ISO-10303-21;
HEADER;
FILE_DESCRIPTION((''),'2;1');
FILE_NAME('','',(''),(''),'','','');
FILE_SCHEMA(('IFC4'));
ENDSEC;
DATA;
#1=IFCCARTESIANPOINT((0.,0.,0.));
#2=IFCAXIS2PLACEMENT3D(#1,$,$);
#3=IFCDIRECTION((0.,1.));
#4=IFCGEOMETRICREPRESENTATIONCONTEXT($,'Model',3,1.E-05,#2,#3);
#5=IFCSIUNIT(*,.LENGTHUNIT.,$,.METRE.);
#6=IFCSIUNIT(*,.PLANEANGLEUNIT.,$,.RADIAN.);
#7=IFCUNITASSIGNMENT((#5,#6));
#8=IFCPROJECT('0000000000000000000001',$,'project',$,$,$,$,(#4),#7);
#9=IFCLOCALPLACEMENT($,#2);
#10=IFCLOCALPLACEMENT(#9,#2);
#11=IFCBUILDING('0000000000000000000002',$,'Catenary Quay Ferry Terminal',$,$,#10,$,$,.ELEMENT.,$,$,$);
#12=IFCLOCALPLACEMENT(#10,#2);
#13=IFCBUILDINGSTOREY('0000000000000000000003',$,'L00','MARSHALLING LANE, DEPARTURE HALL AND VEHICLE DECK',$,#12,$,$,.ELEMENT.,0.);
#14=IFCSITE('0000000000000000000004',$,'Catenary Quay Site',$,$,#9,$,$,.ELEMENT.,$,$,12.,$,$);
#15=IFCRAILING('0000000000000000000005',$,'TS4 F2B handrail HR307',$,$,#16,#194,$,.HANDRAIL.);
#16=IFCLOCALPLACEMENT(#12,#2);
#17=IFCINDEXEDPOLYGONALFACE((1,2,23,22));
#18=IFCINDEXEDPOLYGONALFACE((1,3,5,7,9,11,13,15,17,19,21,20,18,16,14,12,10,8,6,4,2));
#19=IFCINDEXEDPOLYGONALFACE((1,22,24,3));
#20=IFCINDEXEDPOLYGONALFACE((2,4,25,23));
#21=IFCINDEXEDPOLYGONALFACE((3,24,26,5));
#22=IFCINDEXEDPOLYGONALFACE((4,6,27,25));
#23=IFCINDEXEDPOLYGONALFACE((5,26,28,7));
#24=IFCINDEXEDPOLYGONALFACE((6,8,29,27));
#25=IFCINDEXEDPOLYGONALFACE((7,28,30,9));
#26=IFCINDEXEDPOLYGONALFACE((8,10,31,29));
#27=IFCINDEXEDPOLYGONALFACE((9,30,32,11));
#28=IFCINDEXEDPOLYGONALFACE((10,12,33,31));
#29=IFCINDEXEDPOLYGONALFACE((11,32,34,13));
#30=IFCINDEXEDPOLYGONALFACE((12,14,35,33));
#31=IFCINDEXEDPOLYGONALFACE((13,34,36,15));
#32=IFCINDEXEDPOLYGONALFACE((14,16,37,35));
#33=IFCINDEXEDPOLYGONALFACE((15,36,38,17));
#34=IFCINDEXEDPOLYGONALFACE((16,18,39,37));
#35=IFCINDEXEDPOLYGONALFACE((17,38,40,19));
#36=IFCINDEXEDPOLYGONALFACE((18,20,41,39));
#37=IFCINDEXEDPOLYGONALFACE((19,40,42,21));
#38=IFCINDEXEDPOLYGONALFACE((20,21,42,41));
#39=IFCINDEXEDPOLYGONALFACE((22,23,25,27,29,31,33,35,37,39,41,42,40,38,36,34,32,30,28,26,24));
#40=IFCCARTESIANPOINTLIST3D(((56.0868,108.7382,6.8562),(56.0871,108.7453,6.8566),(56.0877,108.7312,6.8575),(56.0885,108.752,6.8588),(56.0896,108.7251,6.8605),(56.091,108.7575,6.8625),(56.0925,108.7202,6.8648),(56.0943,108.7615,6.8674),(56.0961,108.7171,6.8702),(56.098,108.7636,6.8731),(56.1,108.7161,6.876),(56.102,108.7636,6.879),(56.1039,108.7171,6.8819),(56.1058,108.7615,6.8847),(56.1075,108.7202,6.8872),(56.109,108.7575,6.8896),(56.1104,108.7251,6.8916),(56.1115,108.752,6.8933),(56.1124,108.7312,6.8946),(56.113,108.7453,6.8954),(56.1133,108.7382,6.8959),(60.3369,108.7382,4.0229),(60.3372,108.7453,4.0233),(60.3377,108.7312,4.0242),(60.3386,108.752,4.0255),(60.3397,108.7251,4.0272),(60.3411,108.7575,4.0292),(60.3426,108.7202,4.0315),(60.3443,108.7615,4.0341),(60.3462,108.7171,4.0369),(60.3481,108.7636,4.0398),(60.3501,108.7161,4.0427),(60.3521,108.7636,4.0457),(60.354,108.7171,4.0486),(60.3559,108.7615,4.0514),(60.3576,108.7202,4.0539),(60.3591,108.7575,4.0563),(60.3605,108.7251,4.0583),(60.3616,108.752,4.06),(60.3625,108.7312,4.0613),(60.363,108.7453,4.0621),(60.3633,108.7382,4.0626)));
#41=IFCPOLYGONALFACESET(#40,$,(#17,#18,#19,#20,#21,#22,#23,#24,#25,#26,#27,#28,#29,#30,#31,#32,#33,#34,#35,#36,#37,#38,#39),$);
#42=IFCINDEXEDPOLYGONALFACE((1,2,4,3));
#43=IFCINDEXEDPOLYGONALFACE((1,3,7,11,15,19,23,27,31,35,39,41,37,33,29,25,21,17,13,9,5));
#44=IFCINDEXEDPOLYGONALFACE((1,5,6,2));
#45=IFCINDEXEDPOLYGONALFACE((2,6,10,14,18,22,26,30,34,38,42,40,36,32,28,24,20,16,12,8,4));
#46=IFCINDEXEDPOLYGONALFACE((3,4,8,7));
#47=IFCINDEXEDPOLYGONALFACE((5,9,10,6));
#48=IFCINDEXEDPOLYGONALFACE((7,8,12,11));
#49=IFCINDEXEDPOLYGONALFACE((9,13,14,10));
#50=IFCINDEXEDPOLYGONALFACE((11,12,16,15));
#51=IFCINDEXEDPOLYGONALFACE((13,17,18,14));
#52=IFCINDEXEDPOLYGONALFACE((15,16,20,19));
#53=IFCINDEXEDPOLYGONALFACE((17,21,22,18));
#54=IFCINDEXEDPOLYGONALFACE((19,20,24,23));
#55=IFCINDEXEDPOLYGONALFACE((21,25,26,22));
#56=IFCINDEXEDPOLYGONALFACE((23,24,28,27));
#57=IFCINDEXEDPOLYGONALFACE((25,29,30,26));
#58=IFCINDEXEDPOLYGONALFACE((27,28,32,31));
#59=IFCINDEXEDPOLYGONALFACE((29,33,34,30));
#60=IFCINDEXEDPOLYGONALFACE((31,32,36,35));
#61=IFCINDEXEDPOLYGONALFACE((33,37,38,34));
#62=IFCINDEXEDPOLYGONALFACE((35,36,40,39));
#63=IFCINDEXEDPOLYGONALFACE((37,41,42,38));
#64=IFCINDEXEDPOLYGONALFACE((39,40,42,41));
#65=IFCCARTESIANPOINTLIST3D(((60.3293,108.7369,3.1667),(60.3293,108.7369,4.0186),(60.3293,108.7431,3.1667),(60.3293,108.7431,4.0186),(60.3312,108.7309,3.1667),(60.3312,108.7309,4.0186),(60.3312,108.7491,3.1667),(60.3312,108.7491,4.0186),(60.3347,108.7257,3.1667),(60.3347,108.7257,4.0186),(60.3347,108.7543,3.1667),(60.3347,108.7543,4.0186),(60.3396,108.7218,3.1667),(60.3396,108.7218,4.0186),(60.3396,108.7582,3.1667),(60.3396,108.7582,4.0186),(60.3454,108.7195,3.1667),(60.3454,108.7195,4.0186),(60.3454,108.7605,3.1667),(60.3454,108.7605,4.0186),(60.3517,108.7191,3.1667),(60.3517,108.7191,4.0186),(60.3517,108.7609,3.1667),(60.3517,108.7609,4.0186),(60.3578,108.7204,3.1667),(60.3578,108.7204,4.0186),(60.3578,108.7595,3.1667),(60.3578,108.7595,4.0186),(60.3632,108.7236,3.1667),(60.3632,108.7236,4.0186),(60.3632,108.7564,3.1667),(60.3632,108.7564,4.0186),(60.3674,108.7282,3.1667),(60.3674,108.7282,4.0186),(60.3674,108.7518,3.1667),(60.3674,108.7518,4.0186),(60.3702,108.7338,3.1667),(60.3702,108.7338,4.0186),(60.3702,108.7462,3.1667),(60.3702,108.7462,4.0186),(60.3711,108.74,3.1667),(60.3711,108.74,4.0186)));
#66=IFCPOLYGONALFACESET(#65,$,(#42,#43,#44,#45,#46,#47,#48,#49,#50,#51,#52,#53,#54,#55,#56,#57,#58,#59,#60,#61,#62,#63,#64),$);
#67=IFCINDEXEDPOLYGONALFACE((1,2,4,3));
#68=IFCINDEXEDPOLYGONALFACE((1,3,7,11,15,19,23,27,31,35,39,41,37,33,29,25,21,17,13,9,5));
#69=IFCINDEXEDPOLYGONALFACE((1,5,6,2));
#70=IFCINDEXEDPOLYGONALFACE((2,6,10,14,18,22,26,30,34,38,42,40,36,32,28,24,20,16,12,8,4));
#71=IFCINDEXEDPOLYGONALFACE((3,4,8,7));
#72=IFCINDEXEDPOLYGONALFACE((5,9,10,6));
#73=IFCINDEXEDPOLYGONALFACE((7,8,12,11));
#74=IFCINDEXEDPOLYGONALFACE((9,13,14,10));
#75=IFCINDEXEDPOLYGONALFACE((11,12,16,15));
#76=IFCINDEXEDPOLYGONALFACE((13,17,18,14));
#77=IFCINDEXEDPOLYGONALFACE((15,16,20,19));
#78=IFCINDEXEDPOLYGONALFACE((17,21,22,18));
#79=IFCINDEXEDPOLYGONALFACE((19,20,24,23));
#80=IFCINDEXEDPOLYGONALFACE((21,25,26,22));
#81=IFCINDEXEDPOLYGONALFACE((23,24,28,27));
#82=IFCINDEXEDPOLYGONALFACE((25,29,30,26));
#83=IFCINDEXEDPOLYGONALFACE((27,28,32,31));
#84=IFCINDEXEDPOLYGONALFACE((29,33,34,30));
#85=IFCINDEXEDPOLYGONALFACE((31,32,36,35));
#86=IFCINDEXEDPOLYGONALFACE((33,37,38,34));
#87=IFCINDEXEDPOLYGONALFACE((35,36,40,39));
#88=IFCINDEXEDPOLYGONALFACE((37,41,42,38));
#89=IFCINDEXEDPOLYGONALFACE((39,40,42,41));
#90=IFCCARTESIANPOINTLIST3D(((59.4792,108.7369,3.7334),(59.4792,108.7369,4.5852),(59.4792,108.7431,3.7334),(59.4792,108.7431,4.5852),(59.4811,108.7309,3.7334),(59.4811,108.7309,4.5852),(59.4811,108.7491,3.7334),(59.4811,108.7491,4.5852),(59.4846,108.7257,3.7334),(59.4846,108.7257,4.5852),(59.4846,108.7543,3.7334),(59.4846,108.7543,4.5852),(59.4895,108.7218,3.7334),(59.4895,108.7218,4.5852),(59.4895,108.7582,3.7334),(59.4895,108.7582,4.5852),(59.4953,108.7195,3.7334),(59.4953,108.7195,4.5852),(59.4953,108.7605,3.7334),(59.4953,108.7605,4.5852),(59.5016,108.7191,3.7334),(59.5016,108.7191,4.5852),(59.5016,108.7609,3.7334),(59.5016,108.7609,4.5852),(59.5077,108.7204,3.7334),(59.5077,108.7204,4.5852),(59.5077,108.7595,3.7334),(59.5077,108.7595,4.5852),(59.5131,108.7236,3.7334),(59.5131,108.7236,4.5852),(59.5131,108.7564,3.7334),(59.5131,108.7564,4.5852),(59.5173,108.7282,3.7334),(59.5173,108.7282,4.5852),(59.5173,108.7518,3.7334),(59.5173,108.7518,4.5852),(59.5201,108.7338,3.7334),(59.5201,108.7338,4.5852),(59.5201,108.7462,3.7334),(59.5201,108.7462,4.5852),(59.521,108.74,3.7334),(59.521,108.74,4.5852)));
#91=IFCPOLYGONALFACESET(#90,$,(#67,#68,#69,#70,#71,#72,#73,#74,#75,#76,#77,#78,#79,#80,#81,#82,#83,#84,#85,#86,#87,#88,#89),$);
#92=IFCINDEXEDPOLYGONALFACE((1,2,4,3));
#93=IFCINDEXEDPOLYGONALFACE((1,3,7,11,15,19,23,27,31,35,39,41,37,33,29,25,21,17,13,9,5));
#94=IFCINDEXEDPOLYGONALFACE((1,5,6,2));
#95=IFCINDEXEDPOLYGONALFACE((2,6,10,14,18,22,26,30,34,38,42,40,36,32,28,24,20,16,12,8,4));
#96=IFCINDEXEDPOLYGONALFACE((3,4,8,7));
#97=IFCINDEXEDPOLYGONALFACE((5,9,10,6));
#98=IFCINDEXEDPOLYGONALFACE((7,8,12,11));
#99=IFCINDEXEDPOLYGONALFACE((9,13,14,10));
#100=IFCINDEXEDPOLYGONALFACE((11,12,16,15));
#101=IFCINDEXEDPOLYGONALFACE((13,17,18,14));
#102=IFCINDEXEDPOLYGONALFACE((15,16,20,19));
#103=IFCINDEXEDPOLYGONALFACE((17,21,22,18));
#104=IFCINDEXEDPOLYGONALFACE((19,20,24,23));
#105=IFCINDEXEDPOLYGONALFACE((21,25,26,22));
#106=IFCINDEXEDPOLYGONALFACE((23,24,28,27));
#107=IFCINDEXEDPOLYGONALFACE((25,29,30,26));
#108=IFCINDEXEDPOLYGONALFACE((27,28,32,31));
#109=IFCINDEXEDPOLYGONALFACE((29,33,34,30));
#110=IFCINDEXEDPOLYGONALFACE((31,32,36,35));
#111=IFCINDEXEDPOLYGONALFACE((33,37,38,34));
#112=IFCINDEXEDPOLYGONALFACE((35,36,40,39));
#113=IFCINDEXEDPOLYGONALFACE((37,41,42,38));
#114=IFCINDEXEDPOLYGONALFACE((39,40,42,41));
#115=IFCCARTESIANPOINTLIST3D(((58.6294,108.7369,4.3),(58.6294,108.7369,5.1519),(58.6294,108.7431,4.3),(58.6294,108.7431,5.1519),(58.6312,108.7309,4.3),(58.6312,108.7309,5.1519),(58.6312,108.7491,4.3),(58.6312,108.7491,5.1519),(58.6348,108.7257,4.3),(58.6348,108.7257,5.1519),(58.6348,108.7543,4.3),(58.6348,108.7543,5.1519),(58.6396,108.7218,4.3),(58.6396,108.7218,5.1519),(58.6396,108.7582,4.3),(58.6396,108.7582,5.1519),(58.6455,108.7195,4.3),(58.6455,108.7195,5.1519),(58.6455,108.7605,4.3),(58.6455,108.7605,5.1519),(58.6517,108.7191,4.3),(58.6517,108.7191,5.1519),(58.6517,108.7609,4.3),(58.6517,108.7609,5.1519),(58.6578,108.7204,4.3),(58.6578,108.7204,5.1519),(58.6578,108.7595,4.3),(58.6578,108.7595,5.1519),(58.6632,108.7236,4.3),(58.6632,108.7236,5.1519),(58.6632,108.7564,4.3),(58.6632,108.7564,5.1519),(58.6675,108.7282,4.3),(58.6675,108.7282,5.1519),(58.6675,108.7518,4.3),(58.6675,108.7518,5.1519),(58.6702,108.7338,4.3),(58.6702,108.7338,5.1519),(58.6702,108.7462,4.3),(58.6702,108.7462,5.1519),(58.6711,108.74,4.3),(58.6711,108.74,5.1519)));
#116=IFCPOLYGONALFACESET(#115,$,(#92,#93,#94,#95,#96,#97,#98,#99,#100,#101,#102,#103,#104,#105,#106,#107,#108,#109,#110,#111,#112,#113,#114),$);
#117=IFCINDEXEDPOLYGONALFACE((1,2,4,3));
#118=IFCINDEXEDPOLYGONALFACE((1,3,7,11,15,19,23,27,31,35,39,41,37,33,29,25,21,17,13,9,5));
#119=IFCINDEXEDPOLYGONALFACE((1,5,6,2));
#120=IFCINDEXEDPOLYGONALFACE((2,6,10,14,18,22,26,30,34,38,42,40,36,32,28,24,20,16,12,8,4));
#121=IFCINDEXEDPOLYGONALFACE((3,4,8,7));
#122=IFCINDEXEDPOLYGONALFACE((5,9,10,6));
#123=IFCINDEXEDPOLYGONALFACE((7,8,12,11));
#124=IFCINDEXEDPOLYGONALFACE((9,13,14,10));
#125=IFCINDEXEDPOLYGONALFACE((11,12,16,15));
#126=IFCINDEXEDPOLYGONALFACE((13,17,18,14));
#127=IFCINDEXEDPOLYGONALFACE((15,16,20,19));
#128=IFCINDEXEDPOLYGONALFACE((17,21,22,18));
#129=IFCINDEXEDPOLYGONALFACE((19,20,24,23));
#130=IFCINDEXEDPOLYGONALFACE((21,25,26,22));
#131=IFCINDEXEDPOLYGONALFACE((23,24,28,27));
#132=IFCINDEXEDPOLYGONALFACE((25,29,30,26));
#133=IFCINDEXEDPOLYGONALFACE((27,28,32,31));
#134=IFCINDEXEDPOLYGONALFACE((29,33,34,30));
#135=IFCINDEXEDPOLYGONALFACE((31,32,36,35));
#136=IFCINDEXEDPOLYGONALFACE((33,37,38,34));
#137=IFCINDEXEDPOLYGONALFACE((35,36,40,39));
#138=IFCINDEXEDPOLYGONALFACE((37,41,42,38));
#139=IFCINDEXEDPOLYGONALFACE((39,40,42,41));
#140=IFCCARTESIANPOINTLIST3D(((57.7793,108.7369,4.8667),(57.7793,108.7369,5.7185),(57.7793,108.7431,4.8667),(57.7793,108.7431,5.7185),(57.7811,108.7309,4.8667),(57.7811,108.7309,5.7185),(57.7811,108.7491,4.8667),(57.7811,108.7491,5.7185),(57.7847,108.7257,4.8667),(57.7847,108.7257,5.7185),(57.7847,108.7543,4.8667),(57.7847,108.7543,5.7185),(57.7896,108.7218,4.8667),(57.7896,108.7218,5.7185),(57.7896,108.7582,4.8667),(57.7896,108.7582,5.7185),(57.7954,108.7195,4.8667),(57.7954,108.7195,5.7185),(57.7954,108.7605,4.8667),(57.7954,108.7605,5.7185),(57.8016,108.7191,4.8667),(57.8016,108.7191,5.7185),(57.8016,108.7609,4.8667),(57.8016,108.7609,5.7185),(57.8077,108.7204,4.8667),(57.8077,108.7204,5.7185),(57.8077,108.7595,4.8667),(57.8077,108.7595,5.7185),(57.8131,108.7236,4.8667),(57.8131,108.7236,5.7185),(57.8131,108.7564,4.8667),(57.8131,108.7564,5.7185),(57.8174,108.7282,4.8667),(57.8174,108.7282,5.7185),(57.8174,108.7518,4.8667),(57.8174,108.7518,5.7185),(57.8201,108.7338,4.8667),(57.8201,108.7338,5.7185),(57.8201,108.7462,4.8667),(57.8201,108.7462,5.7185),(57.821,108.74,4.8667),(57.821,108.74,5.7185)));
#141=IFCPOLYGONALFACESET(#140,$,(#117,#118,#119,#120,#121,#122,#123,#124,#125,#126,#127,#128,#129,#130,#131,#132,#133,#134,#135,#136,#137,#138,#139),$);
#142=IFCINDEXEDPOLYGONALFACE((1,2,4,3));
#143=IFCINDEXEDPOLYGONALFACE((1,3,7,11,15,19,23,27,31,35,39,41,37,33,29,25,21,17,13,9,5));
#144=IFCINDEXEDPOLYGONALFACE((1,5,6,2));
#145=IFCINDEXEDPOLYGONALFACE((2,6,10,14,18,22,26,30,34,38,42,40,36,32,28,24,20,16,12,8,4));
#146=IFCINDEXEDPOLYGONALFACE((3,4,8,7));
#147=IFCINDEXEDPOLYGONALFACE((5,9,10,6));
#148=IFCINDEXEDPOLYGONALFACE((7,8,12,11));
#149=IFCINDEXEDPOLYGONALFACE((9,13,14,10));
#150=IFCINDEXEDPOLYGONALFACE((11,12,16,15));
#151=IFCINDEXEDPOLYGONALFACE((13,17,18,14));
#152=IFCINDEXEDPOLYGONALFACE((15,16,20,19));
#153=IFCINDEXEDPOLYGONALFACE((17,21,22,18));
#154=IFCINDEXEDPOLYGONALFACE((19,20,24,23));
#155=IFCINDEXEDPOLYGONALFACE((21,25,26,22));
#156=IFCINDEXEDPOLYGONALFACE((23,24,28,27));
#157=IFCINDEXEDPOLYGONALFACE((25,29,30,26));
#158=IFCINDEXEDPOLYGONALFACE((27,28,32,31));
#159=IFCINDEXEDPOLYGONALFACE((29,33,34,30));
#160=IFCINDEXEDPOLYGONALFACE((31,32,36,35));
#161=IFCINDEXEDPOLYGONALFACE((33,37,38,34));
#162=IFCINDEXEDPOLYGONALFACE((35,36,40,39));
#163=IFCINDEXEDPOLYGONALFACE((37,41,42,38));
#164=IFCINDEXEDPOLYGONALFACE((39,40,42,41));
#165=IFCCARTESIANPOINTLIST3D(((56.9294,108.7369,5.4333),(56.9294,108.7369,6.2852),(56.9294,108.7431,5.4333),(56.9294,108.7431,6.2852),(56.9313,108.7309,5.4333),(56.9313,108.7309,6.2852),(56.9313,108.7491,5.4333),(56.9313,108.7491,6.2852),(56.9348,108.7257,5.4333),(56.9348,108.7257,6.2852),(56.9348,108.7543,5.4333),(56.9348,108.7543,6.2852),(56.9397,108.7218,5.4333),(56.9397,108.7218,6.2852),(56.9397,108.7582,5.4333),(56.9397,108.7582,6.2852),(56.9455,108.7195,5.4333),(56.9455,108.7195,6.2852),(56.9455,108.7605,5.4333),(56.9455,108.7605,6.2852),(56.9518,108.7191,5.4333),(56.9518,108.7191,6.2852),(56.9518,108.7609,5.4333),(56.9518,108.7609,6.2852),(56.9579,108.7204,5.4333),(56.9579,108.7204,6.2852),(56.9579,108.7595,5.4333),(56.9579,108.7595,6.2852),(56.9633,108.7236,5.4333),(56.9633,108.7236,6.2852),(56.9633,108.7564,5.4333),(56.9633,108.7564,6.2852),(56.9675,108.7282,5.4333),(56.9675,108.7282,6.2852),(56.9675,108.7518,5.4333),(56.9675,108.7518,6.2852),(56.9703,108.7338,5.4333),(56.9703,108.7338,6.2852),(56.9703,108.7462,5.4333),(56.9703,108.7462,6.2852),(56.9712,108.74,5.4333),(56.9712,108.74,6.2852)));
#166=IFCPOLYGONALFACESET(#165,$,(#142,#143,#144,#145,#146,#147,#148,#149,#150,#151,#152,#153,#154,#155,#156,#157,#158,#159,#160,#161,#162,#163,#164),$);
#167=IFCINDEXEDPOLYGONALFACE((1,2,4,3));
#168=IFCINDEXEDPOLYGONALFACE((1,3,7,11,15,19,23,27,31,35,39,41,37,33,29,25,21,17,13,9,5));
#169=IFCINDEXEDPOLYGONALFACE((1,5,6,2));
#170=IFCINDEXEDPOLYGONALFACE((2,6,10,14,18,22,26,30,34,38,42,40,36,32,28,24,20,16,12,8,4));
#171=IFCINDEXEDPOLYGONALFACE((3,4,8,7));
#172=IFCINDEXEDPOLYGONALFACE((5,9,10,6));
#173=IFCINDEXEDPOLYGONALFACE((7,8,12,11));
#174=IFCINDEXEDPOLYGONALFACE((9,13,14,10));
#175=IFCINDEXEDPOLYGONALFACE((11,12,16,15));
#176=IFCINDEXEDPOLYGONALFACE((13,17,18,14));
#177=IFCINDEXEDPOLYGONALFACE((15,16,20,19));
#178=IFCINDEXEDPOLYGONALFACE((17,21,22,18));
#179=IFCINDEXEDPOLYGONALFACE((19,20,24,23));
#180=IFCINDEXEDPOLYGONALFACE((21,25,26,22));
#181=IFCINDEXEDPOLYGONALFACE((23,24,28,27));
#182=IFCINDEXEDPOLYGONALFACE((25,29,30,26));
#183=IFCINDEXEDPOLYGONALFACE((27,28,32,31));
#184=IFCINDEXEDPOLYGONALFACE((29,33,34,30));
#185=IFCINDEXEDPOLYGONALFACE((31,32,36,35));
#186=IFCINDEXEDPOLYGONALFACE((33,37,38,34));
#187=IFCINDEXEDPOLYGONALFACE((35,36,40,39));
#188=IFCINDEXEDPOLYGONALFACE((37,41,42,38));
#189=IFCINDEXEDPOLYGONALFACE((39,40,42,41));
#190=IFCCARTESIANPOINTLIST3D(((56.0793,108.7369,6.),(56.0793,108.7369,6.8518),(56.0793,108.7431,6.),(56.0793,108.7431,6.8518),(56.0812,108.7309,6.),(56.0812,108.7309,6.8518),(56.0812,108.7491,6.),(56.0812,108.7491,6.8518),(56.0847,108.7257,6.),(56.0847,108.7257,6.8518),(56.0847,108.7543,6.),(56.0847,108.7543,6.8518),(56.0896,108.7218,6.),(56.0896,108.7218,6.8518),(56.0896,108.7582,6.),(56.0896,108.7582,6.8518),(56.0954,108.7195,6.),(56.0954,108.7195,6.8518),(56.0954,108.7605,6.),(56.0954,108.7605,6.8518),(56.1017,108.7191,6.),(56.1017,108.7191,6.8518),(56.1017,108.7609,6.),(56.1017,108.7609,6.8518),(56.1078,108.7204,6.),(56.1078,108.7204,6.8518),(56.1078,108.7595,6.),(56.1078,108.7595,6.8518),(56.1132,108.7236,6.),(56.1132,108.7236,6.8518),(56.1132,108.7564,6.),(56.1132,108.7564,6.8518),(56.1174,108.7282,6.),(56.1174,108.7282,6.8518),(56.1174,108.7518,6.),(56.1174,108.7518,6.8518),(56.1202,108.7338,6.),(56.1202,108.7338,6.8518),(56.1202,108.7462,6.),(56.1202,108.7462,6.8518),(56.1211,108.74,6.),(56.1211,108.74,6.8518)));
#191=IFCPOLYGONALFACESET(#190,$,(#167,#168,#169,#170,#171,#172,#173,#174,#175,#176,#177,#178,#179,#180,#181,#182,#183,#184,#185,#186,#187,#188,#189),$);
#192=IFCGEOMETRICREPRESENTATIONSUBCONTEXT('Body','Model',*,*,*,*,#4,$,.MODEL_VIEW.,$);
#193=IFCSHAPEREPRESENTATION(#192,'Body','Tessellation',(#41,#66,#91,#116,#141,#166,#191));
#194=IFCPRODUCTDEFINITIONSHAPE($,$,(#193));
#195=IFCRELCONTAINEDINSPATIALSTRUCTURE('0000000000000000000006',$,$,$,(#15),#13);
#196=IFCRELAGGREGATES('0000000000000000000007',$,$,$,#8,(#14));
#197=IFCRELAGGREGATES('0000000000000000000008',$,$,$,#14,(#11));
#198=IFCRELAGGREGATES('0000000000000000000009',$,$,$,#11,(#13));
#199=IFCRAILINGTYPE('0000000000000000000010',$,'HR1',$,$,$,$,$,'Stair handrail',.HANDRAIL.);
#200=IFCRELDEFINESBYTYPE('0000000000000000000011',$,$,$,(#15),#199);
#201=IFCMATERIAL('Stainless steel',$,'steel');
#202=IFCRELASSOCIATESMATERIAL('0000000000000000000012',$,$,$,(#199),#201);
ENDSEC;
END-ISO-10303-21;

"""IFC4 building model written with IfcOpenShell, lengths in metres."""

from ifc_helpers import new_model, si_unit, direction, frame, origin, origin_2d, place, context, subcontext, project, spatial, circle, extrude, material, type_object, element, save


model = new_model("IFC4")

# Units and contexts
model_context = context("Model", 3, precision=1e-05, world=origin(), true_north=direction((0.0, 1.0)))
body_context = subcontext(model_context, "Body", "Model", "MODEL_VIEW")
ifc_project = project(units=[si_unit("LENGTHUNIT", "METRE"), si_unit("PLANEANGLEUNIT", "RADIAN")], contexts=[model_context])

# Site, building, storey
site_placement = place(None, origin())
site = spatial("IfcSite", under=ifc_project, at=site_placement, Name="Catenary Quay Site", CompositionType="ELEMENT", RefElevation=12.0)
building_placement = place(site_placement, origin())
building = spatial("IfcBuilding", under=site, at=building_placement, Name="Catenary Quay Ferry Terminal", CompositionType="ELEMENT")
storey_placement = place(building_placement, origin())
storey = spatial("IfcBuildingStorey", under=building, at=storey_placement, Name="L00", Description="MARSHALLING LANE, DEPARTURE HALL AND VEHICLE DECK", CompositionType="ELEMENT", Elevation=0.0)

# Railing
ifc_material_1 = material(Name="Stainless steel", Category="steel")
railing_type_1 = type_object("IfcRailingType", Name="HR1", ElementType="Stair handrail", PredefinedType="HANDRAIL", material=ifc_material_1)
for number, where, name in (
    (1, (60.3501, 108.74, 3.1667), "TS4 F2B handrail HR307"),
):
    element("IfcRailing", number, at=place(storey_placement, frame(where)), inside=storey, type_object=railing_type_1, Name=name, PredefinedType="HANDRAIL", context=body_context, shape_type="SweptSolid", body=[
        extrude(circle(Radius=0.0239, at=origin_2d()), frame((0.0, 0.0, 0.876), z_axis=(-0.832058, 0.0, 0.554689), x_axis=(0.0, -1.0, 0.0)), (0.0, 0.0, 1.0), 5.1079),
        extrude(circle(Radius=0.021, at=origin_2d()), origin(), (0.0, 0.0, 1.0), 0.8518),
        extrude(circle(Radius=0.021, at=origin_2d()), frame((-0.8501, 0.0, 0.5667)), (0.0, 0.0, 1.0), 0.8518),
        extrude(circle(Radius=0.021, at=origin_2d()), frame((-1.7, 0.0, 1.1333)), (0.0, 0.0, 1.0), 0.8518),
        extrude(circle(Radius=0.021, at=origin_2d()), frame((-2.55, 0.0, 1.7)), (0.0, 0.0, 1.0), 0.8518),
        extrude(circle(Radius=0.021, at=origin_2d()), frame((-3.3999, 0.0, 2.2666)), (0.0, 0.0, 1.0), 0.8518),
        extrude(circle(Radius=0.021, at=origin_2d()), frame((-4.25, 0.0, 2.8333)), (0.0, 0.0, 1.0), 0.8518),
    ])

save(model, "model.ifc")
